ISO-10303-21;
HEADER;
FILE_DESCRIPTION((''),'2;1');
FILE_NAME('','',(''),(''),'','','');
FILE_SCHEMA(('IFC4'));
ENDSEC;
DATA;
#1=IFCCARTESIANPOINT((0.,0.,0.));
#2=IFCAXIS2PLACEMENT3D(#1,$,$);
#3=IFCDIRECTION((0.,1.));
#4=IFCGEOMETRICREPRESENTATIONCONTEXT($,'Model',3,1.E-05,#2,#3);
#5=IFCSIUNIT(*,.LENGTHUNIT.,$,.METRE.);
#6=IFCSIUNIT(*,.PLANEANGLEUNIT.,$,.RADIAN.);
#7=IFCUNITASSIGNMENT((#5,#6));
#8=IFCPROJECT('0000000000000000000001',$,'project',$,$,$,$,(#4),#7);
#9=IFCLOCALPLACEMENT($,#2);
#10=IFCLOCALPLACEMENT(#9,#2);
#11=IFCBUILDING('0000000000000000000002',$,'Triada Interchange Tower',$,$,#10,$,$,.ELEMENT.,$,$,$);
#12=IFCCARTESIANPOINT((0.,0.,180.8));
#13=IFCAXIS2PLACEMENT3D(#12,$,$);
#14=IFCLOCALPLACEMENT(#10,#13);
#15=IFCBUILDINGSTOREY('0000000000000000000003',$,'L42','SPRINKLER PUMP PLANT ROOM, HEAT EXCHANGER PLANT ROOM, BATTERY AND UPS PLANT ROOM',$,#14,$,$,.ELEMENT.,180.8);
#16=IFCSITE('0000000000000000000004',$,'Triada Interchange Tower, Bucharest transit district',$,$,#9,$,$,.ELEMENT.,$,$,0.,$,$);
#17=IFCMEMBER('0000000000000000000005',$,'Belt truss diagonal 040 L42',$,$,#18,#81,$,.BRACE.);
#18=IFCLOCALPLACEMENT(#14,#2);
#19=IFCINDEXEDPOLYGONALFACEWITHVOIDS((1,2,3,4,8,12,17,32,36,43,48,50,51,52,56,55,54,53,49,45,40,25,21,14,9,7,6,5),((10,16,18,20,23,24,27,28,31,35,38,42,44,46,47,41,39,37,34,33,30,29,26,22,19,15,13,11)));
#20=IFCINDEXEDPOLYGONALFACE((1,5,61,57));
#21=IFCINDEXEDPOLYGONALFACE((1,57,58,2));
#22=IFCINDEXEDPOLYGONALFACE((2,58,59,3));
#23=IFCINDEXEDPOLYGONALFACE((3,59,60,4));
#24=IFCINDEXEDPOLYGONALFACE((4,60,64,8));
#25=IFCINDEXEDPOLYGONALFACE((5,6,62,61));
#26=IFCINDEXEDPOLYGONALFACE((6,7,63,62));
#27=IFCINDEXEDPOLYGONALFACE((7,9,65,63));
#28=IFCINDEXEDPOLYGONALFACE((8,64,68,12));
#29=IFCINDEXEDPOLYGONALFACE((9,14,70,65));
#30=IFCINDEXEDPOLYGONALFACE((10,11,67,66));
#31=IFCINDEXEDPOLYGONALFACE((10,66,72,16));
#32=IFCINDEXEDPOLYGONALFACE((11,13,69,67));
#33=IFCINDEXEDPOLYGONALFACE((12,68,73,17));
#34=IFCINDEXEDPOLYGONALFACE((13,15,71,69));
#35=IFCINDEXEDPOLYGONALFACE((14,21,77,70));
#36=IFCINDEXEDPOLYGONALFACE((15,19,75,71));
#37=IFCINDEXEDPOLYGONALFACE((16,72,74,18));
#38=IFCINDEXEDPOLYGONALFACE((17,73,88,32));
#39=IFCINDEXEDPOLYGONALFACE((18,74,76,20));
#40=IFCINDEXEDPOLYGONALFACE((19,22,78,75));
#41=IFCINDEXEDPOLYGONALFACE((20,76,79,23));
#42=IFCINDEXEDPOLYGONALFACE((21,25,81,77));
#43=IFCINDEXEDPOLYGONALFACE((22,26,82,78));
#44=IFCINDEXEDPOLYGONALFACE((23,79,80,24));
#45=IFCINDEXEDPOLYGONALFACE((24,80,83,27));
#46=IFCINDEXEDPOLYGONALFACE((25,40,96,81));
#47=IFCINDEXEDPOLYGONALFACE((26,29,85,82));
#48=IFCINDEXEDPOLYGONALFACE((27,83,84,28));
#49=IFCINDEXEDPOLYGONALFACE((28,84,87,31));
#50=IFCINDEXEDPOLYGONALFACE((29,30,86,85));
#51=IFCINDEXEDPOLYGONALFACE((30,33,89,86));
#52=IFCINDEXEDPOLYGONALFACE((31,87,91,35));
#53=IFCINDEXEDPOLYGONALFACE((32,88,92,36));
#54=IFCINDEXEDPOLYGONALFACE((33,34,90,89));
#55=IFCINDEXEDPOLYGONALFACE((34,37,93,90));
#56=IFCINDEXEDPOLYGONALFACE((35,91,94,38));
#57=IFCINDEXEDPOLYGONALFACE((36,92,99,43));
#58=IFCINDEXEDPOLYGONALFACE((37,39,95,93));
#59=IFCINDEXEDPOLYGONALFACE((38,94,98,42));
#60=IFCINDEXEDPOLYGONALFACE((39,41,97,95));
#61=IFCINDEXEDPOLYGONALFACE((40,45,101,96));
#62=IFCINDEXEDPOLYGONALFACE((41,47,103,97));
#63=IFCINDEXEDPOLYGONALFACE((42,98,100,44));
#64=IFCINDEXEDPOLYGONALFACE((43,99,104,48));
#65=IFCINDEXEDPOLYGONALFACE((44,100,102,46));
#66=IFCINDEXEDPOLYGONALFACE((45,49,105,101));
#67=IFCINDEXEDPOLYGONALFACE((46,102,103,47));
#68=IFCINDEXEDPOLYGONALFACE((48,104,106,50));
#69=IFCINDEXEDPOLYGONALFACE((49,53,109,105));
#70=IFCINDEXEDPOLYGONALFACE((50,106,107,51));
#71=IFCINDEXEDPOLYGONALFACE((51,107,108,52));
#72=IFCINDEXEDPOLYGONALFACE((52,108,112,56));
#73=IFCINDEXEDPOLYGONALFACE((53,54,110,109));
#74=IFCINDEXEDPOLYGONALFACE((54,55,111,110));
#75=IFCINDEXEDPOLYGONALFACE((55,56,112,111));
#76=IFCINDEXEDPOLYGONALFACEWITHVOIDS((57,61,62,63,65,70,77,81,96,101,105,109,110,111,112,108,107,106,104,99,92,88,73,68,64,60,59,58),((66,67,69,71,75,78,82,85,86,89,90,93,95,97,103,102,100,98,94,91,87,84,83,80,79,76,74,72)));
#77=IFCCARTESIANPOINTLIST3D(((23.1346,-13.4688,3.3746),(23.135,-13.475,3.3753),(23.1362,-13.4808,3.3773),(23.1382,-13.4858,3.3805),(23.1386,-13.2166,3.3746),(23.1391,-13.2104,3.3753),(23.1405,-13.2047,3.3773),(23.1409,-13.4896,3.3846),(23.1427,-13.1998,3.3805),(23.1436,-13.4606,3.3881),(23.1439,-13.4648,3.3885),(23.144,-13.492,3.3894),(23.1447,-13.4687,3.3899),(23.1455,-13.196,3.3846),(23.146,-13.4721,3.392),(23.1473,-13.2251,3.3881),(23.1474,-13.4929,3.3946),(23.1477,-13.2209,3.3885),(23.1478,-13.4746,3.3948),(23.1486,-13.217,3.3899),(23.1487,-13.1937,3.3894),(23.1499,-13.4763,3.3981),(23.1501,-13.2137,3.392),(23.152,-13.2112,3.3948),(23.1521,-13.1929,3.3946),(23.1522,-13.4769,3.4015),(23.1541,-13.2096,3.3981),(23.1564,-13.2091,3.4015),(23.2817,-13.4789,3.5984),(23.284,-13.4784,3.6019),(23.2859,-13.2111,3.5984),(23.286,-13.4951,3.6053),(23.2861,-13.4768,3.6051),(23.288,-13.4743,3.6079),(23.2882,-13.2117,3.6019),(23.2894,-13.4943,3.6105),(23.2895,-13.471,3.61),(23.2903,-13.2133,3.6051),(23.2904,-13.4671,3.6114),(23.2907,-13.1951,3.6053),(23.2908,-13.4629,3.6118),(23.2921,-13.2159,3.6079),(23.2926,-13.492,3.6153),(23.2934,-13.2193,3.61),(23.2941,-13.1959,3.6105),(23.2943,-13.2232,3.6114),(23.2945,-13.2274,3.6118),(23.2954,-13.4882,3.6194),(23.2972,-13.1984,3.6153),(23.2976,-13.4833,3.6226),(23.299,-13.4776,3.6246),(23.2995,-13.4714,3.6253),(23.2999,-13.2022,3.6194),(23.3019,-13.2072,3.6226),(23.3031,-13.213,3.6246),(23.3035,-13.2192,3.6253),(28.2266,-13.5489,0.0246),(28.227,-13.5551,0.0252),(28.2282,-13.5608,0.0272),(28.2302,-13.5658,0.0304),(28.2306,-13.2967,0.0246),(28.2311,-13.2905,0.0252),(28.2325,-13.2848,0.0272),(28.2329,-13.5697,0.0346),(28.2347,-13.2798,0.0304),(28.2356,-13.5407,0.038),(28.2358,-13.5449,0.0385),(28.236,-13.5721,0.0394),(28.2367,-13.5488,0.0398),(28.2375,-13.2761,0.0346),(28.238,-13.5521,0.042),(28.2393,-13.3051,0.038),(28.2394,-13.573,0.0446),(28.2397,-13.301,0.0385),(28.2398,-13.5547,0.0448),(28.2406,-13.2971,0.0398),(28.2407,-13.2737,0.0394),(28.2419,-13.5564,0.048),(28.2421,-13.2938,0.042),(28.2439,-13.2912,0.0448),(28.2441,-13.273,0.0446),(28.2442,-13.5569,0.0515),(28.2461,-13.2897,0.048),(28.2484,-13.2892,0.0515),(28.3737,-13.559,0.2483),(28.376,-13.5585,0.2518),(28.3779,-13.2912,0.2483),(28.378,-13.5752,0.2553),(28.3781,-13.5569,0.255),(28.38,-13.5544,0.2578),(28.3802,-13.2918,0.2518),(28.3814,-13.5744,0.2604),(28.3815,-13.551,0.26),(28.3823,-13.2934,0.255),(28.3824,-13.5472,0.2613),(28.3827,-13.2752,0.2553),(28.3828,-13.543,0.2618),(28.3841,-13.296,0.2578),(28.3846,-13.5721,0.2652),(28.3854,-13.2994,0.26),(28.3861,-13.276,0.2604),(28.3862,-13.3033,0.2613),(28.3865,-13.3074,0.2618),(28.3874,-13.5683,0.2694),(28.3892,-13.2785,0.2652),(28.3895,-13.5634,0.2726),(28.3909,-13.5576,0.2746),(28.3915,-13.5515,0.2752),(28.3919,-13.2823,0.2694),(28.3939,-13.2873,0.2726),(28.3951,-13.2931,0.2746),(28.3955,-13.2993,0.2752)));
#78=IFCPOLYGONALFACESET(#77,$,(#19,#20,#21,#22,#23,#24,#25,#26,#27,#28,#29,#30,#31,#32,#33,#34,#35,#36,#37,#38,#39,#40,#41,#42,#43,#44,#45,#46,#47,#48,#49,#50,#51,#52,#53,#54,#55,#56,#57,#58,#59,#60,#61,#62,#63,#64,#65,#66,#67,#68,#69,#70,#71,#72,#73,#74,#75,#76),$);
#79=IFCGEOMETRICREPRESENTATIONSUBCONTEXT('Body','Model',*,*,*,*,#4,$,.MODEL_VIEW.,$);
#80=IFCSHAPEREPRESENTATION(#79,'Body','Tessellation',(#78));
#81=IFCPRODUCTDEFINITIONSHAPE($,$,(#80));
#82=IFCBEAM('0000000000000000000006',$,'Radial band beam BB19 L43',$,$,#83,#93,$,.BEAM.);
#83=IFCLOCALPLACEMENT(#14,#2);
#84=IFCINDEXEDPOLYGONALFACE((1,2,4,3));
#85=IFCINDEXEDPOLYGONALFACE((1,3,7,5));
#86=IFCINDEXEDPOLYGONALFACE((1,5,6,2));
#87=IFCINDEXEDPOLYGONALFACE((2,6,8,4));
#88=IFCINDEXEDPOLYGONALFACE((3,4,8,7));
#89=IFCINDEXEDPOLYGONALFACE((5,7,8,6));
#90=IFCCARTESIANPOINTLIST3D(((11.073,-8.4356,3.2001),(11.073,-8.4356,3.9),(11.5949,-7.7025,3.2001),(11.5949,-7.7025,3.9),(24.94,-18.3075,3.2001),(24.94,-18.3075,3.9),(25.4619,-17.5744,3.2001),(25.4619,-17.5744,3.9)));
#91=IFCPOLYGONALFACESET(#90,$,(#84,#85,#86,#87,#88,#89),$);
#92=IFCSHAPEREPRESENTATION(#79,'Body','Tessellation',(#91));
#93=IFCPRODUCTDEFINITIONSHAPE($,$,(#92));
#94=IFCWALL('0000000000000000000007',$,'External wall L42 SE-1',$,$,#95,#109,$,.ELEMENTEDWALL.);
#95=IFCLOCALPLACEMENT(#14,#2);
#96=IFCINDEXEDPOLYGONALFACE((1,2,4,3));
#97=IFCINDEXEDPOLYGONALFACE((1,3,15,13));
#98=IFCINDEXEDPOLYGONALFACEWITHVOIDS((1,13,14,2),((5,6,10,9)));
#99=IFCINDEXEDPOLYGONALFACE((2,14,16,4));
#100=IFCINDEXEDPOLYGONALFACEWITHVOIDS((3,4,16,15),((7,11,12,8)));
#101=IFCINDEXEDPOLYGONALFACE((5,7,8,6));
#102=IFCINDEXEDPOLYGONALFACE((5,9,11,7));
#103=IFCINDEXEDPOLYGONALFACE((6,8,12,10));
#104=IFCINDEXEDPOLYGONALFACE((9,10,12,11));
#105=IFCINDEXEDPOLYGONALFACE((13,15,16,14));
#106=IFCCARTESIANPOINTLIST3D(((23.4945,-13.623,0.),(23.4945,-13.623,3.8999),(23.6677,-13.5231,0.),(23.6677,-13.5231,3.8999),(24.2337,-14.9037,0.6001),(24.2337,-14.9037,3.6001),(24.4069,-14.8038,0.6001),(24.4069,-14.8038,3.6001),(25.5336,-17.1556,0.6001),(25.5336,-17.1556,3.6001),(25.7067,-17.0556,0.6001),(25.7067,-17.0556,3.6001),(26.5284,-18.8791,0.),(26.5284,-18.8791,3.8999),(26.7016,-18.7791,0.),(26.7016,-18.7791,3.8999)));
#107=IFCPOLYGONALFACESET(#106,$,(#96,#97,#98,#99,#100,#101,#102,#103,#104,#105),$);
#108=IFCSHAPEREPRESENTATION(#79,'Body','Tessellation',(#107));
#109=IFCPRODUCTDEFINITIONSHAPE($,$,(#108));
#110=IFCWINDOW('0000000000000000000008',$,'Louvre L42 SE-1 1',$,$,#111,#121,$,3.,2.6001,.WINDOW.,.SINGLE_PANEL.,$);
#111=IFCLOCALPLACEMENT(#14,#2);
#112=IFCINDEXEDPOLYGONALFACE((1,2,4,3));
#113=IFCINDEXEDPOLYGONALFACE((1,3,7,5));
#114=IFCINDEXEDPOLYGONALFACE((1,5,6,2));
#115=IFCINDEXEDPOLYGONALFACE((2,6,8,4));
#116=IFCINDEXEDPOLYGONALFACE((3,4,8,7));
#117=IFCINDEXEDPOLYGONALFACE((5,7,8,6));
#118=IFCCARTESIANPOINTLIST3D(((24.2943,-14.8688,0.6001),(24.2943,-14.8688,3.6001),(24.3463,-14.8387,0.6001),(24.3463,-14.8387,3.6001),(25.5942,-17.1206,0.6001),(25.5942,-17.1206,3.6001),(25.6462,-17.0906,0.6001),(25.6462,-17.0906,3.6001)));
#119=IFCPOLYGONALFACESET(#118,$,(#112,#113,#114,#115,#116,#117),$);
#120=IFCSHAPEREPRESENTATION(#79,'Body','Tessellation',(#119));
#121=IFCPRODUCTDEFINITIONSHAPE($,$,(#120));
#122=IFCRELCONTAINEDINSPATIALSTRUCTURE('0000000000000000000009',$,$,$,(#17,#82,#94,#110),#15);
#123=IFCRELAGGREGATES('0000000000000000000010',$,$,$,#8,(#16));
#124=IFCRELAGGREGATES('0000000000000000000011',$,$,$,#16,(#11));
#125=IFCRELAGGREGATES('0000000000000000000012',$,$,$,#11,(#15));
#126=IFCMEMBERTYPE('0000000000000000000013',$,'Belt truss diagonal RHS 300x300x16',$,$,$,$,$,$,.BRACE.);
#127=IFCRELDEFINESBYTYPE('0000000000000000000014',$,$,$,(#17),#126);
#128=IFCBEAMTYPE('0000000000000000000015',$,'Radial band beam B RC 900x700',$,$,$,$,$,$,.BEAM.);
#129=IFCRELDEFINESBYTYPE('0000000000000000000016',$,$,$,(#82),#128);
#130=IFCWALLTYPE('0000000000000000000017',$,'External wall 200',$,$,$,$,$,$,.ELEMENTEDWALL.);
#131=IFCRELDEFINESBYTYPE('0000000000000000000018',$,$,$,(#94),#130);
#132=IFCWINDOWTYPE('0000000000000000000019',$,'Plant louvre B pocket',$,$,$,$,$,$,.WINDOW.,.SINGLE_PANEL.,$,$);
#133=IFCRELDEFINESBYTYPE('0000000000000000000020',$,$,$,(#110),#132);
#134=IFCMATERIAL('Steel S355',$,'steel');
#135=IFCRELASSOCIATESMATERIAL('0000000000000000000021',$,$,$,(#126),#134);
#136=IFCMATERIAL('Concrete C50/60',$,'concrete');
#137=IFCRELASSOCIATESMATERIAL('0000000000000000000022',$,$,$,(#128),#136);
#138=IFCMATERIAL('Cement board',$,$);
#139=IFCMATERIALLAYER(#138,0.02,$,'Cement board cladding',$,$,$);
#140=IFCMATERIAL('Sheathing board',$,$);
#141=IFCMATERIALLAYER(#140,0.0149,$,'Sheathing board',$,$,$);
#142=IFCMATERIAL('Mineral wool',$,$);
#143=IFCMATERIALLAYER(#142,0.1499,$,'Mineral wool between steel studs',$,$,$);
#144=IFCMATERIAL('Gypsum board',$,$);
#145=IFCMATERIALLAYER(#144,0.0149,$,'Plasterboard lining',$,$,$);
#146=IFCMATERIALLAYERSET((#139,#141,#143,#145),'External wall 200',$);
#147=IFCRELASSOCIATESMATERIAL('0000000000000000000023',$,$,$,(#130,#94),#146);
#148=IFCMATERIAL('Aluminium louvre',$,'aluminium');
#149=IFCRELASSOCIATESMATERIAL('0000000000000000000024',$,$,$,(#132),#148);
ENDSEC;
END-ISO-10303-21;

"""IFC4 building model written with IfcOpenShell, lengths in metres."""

from ifc_helpers import new_model, si_unit, direction, frame, frame_2d, origin, origin_2d, place, context, subcontext, project, spatial, rectangle, hollow_rectangle, extrude, material, layer, layer_set, layer_usage, material_profile, profile_set, type_object, element, fill, save


model = new_model("IFC4")

# Units and contexts
model_context = context("Model", 3, precision=1e-05, world=origin(), true_north=direction((0.0, 1.0)))
body_context = subcontext(model_context, "Body", "Model", "MODEL_VIEW")
ifc_project = project(units=[si_unit("LENGTHUNIT", "METRE"), si_unit("PLANEANGLEUNIT", "RADIAN")], contexts=[model_context])

# Site, building, storey
site_placement = place(None, origin())
site = spatial("IfcSite", under=ifc_project, at=site_placement, Name="Triada Interchange Tower, Bucharest transit district", CompositionType="ELEMENT", RefElevation=0.0)
building_placement = place(site_placement, origin())
building = spatial("IfcBuilding", under=site, at=building_placement, Name="Triada Interchange Tower", CompositionType="ELEMENT")
storey_placement = place(building_placement, frame((0.0, 0.0, 180.8)))
storey = spatial("IfcBuildingStorey", under=building, at=storey_placement, Name="L42", Description="SPRINKLER PUMP PLANT ROOM, HEAT EXCHANGER PLANT ROOM, BATTERY AND UPS PLANT ROOM", CompositionType="ELEMENT", Elevation=180.8)

# Member
ifc_material_1 = material(Name="Steel S355", Category="steel")
ifc_material_profile_1 = material_profile(ifc_material_1, hollow_rectangle(XDim=0.3, YDim=0.3, WallThickness=0.0161, InnerFilletRadius=0.0161, OuterFilletRadius=0.0239, at=origin_2d()), Name="RHS 300x300x16")
ifc_profile_set_1 = profile_set([ifc_material_profile_1], Name="Steel S355")
member_type = type_object("IfcMemberType", Name="Belt truss diagonal RHS 300x300x16", PredefinedType="BRACE", material=ifc_profile_set_1)
for number, where, z_axis, x_axis, name in (
    (1, (28.311, -13.4241, 0.1499), (-0.83534, 0.013137, 0.549577), (-0.015724, -0.999876, 0.0), "Belt truss diagonal 040 L42"),
):
    element("IfcMember", number, at=place(storey_placement, frame(where, z_axis=z_axis, x_axis=x_axis)), inside=storey, type_object=member_type, Name=name, PredefinedType="BRACE", context=body_context, shape_type="SweptSolid", body=[
        extrude(hollow_rectangle(XDim=0.3, YDim=0.3, WallThickness=0.0161, InnerFilletRadius=0.0161, OuterFilletRadius=0.0239, at=origin_2d()), origin(), (0.0, 0.0, 1.0), 6.0957),
    ])

# Beam
ifc_material_2 = material(Name="Concrete C50/60", Category="concrete")
ifc_material_profile_2 = material_profile(ifc_material_2, rectangle(XDim=0.8999, YDim=0.7, at=origin_2d()), Name="RC 900x700")
ifc_profile_set_2 = profile_set([ifc_material_profile_2], Name="Concrete C50/60")
beam_type = type_object("IfcBeamType", Name="Radial band beam B RC 900x700", PredefinedType="BEAM", material=ifc_profile_set_2)
beam_placement = place(storey_placement, frame((25.2009, -17.9409, 3.55), z_axis=(-0.814653, 0.579949, 0.0), x_axis=(-0.579949, -0.814653, 0.0)))
element("IfcBeam", 2, at=beam_placement, inside=storey, type_object=beam_type, Name="Radial band beam BB19 L43", PredefinedType="BEAM", context=body_context, shape_type="SweptSolid", body=[
    extrude(rectangle(XDim=0.8999, YDim=0.7, at=origin_2d()), origin(), (0.0, 0.0, 1.0), 17.022),
])

# Wall, opening, window
ifc_material_3 = material(Name="Cement board")
ifc_layer_1 = layer(ifc_material_3, 0.02, Name="Cement board cladding")
ifc_material_4 = material(Name="Sheathing board")
ifc_layer_2 = layer(ifc_material_4, 0.0149, Name="Sheathing board")
ifc_material_5 = material(Name="Mineral wool")
ifc_layer_3 = layer(ifc_material_5, 0.1499, Name="Mineral wool between steel studs")
ifc_material_6 = material(Name="Gypsum board")
ifc_layer_4 = layer(ifc_material_6, 0.0149, Name="Plasterboard lining")
ifc_layer_set_1 = layer_set([ifc_layer_1, ifc_layer_2, ifc_layer_3, ifc_layer_4], Name="External wall 200")
ifc_layer_usage = layer_usage(ifc_layer_set_1, "AXIS2", "POSITIVE", -0.1001)
wall_type = type_object("IfcWallType", Name="External wall 200", PredefinedType="ELEMENTEDWALL", material=ifc_layer_set_1)
wall_1_placement = place(storey_placement, frame((26.615, -18.8291, 0.0), z_axis=(0.0, 0.0, 1.0), x_axis=(-0.499916, 0.866074, 0.0)))
wall_1 = element("IfcWall", 3, at=wall_1_placement, inside=storey, type_object=wall_type, material=ifc_layer_usage, Name="External wall L42 SE-1", PredefinedType="ELEMENTEDWALL", context=body_context, shape_type="SweptSolid", body=[
    extrude(rectangle(XDim=6.0688, YDim=0.2, at=frame_2d((3.0344, 0.0))), origin(), (0.0, 0.0, 1.0), 3.8999),
])
opening_1_placement = place(wall_1_placement, frame((1.99, 0.0, 0.6001)))
opening_1 = element("IfcOpeningElement", 4, at=opening_1_placement, cuts=wall_1, PredefinedType="OPENING", context=body_context, shape_type="SweptSolid", body=[
    extrude(rectangle(XDim=2.6001, YDim=3.0, at=frame_2d((1.3, 1.5))), frame((0.0, 0.1099, 0.0), z_axis=(0.0, -1.0, 0.0), x_axis=(1.0, 0.0, 0.0)), (0.0, 0.0, 1.0), 0.22),
])
ifc_material_7 = material(Name="Aluminium louvre", Category="aluminium")
window_type_1 = type_object("IfcWindowType", Name="Plant louvre B pocket", PartitioningType="SINGLE_PANEL", PredefinedType="WINDOW", material=ifc_material_7)
window_1_placement = place(opening_1_placement, origin())
window_1 = element("IfcWindow", 5, at=window_1_placement, inside=storey, type_object=window_type_1, Name="Louvre L42 SE-1 1", OverallHeight=3.0, OverallWidth=2.6001, PartitioningType="SINGLE_PANEL", PredefinedType="WINDOW", context=body_context, shape_type="SweptSolid", body=[
    extrude(rectangle(XDim=2.6001, YDim=3.0, at=frame_2d((1.3, 1.5))), frame((0.0, 0.03, 0.0), z_axis=(0.0, -1.0, 0.0), x_axis=(1.0, 0.0, 0.0)), (0.0, 0.0, 1.0), 0.0601),
])
fill(opening_1, window_1)

save(model, "model.ifc")
